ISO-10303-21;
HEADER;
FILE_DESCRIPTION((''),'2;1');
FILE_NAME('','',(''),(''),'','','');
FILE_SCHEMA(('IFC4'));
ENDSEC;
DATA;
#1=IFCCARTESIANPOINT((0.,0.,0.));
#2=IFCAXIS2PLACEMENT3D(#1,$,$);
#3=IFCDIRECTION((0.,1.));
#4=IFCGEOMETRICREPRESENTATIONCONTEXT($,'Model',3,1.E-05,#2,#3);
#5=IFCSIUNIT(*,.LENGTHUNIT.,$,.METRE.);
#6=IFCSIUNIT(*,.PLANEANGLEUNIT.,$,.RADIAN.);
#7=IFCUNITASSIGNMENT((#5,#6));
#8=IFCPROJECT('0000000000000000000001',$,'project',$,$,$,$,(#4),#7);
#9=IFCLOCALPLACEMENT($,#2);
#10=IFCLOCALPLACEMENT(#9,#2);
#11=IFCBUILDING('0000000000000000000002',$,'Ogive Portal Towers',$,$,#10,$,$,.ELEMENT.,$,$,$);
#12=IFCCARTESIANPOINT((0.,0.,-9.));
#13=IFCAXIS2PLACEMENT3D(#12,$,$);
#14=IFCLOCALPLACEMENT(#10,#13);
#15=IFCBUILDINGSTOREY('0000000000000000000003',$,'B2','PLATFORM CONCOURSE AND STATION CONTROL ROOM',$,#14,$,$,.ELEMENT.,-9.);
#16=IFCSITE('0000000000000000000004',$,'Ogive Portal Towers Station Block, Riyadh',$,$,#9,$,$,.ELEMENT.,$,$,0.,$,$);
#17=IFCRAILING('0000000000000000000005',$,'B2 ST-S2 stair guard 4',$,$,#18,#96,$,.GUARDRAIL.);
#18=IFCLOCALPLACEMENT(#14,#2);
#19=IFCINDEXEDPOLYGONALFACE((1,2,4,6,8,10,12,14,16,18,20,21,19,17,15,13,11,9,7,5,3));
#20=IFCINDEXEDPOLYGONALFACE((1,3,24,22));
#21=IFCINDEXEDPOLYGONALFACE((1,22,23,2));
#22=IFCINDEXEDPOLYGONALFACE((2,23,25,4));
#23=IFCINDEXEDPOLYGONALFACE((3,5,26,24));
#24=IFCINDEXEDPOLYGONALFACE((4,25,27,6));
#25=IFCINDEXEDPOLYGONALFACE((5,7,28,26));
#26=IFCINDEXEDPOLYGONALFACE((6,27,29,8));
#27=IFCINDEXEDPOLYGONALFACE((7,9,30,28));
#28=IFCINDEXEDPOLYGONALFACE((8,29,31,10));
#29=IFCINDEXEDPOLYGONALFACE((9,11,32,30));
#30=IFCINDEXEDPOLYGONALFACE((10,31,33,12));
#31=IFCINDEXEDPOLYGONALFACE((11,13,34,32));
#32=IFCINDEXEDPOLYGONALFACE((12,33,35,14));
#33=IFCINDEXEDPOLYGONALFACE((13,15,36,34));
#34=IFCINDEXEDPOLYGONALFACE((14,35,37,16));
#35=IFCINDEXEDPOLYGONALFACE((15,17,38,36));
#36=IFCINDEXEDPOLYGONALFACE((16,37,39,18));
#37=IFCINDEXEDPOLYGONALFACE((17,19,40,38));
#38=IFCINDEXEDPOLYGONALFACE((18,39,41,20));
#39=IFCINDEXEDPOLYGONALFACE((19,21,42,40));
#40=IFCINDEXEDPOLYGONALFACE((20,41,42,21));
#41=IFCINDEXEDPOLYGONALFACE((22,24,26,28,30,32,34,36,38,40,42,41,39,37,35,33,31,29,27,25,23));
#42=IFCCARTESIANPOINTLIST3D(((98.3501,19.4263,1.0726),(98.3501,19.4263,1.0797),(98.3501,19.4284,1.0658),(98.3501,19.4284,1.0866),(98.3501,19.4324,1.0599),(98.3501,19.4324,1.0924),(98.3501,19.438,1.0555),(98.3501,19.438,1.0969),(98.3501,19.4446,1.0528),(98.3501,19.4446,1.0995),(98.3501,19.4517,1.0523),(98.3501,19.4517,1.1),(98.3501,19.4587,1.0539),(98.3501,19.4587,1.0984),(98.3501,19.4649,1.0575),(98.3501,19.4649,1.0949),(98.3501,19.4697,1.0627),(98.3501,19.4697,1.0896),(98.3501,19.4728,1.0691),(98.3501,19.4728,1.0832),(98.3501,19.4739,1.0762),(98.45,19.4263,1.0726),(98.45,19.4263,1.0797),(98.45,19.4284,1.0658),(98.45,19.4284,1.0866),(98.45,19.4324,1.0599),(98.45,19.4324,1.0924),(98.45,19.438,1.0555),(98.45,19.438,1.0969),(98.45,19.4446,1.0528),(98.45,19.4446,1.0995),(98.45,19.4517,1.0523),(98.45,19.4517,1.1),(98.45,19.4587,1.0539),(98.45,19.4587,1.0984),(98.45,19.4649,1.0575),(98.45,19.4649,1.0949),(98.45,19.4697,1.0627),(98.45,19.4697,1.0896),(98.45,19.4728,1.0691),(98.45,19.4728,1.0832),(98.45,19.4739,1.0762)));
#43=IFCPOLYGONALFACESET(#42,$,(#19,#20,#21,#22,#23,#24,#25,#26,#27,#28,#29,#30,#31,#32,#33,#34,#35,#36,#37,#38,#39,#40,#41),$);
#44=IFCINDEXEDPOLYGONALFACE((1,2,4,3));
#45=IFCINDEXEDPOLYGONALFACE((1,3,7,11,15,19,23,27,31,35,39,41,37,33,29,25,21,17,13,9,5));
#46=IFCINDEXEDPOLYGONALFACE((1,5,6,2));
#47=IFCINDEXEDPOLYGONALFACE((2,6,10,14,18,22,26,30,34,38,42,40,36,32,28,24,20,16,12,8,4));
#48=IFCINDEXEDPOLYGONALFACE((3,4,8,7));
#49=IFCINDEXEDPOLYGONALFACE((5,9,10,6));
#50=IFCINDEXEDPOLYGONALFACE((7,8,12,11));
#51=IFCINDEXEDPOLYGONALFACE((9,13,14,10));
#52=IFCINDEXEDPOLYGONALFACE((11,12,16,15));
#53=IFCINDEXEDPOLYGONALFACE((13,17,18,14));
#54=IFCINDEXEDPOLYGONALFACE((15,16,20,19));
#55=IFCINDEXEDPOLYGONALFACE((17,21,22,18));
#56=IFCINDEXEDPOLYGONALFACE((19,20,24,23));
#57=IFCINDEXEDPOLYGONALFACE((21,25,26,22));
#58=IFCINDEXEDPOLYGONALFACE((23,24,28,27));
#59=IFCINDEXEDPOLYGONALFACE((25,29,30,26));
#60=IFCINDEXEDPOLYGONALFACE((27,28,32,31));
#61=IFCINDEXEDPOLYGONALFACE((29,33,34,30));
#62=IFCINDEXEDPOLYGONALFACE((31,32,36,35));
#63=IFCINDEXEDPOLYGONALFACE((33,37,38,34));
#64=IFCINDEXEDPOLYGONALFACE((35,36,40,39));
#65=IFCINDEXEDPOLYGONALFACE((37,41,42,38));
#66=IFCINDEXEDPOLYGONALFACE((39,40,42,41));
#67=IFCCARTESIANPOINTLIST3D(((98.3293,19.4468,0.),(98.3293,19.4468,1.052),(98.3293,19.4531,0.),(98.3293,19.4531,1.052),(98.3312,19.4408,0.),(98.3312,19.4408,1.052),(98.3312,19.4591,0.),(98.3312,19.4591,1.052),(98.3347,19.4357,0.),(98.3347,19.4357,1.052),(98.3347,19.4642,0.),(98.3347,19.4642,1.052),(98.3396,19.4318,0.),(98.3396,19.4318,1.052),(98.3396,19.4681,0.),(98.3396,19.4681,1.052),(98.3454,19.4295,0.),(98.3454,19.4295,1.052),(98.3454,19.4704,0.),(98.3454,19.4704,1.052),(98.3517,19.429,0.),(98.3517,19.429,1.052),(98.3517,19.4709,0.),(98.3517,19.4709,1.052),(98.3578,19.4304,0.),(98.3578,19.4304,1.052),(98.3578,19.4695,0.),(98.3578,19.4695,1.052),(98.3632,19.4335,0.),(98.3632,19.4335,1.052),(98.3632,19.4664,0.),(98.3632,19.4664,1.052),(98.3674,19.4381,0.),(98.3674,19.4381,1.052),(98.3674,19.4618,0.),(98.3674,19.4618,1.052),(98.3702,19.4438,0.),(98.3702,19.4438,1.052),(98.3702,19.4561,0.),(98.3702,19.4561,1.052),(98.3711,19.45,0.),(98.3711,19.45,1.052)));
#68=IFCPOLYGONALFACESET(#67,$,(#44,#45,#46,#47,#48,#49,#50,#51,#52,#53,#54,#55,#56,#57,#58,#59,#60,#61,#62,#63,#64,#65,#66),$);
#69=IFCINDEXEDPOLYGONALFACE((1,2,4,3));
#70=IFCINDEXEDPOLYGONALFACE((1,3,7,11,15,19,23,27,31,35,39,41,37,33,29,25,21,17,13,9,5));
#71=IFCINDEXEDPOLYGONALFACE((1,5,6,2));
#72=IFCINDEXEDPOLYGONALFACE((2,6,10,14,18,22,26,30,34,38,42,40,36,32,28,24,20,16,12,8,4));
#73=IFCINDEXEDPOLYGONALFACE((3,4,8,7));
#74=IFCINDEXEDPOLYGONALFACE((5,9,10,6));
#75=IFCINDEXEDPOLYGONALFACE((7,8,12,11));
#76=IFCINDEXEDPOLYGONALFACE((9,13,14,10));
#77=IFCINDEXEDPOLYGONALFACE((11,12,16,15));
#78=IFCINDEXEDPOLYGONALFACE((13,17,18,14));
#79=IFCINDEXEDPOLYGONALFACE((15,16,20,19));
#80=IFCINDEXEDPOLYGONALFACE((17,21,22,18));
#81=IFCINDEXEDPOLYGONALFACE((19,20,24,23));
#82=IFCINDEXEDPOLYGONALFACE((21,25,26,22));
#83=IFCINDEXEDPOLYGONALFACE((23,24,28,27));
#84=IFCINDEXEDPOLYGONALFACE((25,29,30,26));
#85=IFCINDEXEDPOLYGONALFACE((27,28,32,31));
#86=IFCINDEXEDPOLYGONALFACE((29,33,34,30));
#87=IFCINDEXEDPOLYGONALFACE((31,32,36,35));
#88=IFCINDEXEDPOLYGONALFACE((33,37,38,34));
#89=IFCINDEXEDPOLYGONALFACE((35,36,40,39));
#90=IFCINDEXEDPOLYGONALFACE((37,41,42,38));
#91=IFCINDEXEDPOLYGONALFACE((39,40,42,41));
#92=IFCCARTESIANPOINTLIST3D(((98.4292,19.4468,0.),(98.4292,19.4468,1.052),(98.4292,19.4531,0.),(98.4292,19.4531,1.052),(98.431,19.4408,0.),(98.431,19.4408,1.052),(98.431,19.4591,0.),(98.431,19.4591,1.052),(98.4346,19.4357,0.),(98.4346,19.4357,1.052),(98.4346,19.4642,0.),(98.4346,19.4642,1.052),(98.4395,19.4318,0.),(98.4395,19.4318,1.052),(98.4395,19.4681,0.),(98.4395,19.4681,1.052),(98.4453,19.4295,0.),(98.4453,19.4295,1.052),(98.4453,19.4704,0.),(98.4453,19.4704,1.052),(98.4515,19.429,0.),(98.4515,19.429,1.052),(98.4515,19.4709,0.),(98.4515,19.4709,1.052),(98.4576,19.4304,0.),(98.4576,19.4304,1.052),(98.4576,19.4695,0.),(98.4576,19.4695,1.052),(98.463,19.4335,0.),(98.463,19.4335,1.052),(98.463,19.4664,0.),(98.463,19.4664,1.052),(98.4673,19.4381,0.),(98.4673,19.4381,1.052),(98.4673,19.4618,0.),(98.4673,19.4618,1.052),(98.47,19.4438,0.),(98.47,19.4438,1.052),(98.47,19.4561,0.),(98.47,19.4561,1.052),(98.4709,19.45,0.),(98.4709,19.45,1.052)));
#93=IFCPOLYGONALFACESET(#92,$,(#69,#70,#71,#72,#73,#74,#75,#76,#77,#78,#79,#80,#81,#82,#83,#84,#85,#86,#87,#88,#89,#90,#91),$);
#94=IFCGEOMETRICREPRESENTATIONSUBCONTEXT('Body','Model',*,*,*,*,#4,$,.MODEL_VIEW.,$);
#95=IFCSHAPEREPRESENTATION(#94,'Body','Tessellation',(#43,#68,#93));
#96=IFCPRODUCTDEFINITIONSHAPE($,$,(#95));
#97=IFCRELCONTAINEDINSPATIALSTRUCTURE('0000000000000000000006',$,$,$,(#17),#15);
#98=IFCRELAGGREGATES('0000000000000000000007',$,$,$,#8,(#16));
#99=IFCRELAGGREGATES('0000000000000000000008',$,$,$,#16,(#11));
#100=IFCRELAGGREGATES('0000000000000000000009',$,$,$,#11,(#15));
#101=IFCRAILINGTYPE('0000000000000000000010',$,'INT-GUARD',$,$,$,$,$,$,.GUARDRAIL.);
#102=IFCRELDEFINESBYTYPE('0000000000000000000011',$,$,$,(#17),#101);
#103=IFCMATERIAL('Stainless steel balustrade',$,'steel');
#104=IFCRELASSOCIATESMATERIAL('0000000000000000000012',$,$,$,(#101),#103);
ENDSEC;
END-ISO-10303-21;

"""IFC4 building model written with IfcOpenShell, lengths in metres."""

from ifc_helpers import new_model, si_unit, direction, frame, origin, origin_2d, place, context, subcontext, project, spatial, circle, extrude, material, type_object, element, save


model = new_model("IFC4")

# Units and contexts
model_context = context("Model", 3, precision=1e-05, world=origin(), true_north=direction((0.0, 1.0)))
body_context = subcontext(model_context, "Body", "Model", "MODEL_VIEW")
ifc_project = project(units=[si_unit("LENGTHUNIT", "METRE"), si_unit("PLANEANGLEUNIT", "RADIAN")], contexts=[model_context])

# Site, building, storey
site_placement = place(None, origin())
site = spatial("IfcSite", under=ifc_project, at=site_placement, Name="Ogive Portal Towers Station Block, Riyadh", CompositionType="ELEMENT", RefElevation=0.0)
building_placement = place(site_placement, origin())
building = spatial("IfcBuilding", under=site, at=building_placement, Name="Ogive Portal Towers", CompositionType="ELEMENT")
storey_placement = place(building_placement, frame((0.0, 0.0, -9.0)))
storey = spatial("IfcBuildingStorey", under=building, at=storey_placement, Name="B2", Description="PLATFORM CONCOURSE AND STATION CONTROL ROOM", CompositionType="ELEMENT", Elevation=-9.0)

# Railing
ifc_material_1 = material(Name="Stainless steel balustrade", Category="steel")
railing_type_1 = type_object("IfcRailingType", Name="INT-GUARD", PredefinedType="GUARDRAIL", material=ifc_material_1)
railing_1_placement = place(storey_placement, frame((98.3501, 19.45, 0.0)))
element("IfcRailing", 1, at=railing_1_placement, inside=storey, type_object=railing_type_1, Name="B2 ST-S2 stair guard 4", PredefinedType="GUARDRAIL", context=body_context, shape_type="SweptSolid", body=[
    extrude(circle(Radius=0.0239, at=origin_2d()), frame((0.0, 0.0, 1.0762), z_axis=(1.0, 0.0, 0.0), x_axis=(0.0, 1.0, 0.0)), (0.0, 0.0, 1.0), 0.0999),
    extrude(circle(Radius=0.021, at=origin_2d()), origin(), (0.0, 0.0, 1.0), 1.052),
    extrude(circle(Radius=0.021, at=origin_2d()), frame((0.0999, 0.0, 0.0)), (0.0, 0.0, 1.0), 1.052),
])

save(model, "model.ifc")
